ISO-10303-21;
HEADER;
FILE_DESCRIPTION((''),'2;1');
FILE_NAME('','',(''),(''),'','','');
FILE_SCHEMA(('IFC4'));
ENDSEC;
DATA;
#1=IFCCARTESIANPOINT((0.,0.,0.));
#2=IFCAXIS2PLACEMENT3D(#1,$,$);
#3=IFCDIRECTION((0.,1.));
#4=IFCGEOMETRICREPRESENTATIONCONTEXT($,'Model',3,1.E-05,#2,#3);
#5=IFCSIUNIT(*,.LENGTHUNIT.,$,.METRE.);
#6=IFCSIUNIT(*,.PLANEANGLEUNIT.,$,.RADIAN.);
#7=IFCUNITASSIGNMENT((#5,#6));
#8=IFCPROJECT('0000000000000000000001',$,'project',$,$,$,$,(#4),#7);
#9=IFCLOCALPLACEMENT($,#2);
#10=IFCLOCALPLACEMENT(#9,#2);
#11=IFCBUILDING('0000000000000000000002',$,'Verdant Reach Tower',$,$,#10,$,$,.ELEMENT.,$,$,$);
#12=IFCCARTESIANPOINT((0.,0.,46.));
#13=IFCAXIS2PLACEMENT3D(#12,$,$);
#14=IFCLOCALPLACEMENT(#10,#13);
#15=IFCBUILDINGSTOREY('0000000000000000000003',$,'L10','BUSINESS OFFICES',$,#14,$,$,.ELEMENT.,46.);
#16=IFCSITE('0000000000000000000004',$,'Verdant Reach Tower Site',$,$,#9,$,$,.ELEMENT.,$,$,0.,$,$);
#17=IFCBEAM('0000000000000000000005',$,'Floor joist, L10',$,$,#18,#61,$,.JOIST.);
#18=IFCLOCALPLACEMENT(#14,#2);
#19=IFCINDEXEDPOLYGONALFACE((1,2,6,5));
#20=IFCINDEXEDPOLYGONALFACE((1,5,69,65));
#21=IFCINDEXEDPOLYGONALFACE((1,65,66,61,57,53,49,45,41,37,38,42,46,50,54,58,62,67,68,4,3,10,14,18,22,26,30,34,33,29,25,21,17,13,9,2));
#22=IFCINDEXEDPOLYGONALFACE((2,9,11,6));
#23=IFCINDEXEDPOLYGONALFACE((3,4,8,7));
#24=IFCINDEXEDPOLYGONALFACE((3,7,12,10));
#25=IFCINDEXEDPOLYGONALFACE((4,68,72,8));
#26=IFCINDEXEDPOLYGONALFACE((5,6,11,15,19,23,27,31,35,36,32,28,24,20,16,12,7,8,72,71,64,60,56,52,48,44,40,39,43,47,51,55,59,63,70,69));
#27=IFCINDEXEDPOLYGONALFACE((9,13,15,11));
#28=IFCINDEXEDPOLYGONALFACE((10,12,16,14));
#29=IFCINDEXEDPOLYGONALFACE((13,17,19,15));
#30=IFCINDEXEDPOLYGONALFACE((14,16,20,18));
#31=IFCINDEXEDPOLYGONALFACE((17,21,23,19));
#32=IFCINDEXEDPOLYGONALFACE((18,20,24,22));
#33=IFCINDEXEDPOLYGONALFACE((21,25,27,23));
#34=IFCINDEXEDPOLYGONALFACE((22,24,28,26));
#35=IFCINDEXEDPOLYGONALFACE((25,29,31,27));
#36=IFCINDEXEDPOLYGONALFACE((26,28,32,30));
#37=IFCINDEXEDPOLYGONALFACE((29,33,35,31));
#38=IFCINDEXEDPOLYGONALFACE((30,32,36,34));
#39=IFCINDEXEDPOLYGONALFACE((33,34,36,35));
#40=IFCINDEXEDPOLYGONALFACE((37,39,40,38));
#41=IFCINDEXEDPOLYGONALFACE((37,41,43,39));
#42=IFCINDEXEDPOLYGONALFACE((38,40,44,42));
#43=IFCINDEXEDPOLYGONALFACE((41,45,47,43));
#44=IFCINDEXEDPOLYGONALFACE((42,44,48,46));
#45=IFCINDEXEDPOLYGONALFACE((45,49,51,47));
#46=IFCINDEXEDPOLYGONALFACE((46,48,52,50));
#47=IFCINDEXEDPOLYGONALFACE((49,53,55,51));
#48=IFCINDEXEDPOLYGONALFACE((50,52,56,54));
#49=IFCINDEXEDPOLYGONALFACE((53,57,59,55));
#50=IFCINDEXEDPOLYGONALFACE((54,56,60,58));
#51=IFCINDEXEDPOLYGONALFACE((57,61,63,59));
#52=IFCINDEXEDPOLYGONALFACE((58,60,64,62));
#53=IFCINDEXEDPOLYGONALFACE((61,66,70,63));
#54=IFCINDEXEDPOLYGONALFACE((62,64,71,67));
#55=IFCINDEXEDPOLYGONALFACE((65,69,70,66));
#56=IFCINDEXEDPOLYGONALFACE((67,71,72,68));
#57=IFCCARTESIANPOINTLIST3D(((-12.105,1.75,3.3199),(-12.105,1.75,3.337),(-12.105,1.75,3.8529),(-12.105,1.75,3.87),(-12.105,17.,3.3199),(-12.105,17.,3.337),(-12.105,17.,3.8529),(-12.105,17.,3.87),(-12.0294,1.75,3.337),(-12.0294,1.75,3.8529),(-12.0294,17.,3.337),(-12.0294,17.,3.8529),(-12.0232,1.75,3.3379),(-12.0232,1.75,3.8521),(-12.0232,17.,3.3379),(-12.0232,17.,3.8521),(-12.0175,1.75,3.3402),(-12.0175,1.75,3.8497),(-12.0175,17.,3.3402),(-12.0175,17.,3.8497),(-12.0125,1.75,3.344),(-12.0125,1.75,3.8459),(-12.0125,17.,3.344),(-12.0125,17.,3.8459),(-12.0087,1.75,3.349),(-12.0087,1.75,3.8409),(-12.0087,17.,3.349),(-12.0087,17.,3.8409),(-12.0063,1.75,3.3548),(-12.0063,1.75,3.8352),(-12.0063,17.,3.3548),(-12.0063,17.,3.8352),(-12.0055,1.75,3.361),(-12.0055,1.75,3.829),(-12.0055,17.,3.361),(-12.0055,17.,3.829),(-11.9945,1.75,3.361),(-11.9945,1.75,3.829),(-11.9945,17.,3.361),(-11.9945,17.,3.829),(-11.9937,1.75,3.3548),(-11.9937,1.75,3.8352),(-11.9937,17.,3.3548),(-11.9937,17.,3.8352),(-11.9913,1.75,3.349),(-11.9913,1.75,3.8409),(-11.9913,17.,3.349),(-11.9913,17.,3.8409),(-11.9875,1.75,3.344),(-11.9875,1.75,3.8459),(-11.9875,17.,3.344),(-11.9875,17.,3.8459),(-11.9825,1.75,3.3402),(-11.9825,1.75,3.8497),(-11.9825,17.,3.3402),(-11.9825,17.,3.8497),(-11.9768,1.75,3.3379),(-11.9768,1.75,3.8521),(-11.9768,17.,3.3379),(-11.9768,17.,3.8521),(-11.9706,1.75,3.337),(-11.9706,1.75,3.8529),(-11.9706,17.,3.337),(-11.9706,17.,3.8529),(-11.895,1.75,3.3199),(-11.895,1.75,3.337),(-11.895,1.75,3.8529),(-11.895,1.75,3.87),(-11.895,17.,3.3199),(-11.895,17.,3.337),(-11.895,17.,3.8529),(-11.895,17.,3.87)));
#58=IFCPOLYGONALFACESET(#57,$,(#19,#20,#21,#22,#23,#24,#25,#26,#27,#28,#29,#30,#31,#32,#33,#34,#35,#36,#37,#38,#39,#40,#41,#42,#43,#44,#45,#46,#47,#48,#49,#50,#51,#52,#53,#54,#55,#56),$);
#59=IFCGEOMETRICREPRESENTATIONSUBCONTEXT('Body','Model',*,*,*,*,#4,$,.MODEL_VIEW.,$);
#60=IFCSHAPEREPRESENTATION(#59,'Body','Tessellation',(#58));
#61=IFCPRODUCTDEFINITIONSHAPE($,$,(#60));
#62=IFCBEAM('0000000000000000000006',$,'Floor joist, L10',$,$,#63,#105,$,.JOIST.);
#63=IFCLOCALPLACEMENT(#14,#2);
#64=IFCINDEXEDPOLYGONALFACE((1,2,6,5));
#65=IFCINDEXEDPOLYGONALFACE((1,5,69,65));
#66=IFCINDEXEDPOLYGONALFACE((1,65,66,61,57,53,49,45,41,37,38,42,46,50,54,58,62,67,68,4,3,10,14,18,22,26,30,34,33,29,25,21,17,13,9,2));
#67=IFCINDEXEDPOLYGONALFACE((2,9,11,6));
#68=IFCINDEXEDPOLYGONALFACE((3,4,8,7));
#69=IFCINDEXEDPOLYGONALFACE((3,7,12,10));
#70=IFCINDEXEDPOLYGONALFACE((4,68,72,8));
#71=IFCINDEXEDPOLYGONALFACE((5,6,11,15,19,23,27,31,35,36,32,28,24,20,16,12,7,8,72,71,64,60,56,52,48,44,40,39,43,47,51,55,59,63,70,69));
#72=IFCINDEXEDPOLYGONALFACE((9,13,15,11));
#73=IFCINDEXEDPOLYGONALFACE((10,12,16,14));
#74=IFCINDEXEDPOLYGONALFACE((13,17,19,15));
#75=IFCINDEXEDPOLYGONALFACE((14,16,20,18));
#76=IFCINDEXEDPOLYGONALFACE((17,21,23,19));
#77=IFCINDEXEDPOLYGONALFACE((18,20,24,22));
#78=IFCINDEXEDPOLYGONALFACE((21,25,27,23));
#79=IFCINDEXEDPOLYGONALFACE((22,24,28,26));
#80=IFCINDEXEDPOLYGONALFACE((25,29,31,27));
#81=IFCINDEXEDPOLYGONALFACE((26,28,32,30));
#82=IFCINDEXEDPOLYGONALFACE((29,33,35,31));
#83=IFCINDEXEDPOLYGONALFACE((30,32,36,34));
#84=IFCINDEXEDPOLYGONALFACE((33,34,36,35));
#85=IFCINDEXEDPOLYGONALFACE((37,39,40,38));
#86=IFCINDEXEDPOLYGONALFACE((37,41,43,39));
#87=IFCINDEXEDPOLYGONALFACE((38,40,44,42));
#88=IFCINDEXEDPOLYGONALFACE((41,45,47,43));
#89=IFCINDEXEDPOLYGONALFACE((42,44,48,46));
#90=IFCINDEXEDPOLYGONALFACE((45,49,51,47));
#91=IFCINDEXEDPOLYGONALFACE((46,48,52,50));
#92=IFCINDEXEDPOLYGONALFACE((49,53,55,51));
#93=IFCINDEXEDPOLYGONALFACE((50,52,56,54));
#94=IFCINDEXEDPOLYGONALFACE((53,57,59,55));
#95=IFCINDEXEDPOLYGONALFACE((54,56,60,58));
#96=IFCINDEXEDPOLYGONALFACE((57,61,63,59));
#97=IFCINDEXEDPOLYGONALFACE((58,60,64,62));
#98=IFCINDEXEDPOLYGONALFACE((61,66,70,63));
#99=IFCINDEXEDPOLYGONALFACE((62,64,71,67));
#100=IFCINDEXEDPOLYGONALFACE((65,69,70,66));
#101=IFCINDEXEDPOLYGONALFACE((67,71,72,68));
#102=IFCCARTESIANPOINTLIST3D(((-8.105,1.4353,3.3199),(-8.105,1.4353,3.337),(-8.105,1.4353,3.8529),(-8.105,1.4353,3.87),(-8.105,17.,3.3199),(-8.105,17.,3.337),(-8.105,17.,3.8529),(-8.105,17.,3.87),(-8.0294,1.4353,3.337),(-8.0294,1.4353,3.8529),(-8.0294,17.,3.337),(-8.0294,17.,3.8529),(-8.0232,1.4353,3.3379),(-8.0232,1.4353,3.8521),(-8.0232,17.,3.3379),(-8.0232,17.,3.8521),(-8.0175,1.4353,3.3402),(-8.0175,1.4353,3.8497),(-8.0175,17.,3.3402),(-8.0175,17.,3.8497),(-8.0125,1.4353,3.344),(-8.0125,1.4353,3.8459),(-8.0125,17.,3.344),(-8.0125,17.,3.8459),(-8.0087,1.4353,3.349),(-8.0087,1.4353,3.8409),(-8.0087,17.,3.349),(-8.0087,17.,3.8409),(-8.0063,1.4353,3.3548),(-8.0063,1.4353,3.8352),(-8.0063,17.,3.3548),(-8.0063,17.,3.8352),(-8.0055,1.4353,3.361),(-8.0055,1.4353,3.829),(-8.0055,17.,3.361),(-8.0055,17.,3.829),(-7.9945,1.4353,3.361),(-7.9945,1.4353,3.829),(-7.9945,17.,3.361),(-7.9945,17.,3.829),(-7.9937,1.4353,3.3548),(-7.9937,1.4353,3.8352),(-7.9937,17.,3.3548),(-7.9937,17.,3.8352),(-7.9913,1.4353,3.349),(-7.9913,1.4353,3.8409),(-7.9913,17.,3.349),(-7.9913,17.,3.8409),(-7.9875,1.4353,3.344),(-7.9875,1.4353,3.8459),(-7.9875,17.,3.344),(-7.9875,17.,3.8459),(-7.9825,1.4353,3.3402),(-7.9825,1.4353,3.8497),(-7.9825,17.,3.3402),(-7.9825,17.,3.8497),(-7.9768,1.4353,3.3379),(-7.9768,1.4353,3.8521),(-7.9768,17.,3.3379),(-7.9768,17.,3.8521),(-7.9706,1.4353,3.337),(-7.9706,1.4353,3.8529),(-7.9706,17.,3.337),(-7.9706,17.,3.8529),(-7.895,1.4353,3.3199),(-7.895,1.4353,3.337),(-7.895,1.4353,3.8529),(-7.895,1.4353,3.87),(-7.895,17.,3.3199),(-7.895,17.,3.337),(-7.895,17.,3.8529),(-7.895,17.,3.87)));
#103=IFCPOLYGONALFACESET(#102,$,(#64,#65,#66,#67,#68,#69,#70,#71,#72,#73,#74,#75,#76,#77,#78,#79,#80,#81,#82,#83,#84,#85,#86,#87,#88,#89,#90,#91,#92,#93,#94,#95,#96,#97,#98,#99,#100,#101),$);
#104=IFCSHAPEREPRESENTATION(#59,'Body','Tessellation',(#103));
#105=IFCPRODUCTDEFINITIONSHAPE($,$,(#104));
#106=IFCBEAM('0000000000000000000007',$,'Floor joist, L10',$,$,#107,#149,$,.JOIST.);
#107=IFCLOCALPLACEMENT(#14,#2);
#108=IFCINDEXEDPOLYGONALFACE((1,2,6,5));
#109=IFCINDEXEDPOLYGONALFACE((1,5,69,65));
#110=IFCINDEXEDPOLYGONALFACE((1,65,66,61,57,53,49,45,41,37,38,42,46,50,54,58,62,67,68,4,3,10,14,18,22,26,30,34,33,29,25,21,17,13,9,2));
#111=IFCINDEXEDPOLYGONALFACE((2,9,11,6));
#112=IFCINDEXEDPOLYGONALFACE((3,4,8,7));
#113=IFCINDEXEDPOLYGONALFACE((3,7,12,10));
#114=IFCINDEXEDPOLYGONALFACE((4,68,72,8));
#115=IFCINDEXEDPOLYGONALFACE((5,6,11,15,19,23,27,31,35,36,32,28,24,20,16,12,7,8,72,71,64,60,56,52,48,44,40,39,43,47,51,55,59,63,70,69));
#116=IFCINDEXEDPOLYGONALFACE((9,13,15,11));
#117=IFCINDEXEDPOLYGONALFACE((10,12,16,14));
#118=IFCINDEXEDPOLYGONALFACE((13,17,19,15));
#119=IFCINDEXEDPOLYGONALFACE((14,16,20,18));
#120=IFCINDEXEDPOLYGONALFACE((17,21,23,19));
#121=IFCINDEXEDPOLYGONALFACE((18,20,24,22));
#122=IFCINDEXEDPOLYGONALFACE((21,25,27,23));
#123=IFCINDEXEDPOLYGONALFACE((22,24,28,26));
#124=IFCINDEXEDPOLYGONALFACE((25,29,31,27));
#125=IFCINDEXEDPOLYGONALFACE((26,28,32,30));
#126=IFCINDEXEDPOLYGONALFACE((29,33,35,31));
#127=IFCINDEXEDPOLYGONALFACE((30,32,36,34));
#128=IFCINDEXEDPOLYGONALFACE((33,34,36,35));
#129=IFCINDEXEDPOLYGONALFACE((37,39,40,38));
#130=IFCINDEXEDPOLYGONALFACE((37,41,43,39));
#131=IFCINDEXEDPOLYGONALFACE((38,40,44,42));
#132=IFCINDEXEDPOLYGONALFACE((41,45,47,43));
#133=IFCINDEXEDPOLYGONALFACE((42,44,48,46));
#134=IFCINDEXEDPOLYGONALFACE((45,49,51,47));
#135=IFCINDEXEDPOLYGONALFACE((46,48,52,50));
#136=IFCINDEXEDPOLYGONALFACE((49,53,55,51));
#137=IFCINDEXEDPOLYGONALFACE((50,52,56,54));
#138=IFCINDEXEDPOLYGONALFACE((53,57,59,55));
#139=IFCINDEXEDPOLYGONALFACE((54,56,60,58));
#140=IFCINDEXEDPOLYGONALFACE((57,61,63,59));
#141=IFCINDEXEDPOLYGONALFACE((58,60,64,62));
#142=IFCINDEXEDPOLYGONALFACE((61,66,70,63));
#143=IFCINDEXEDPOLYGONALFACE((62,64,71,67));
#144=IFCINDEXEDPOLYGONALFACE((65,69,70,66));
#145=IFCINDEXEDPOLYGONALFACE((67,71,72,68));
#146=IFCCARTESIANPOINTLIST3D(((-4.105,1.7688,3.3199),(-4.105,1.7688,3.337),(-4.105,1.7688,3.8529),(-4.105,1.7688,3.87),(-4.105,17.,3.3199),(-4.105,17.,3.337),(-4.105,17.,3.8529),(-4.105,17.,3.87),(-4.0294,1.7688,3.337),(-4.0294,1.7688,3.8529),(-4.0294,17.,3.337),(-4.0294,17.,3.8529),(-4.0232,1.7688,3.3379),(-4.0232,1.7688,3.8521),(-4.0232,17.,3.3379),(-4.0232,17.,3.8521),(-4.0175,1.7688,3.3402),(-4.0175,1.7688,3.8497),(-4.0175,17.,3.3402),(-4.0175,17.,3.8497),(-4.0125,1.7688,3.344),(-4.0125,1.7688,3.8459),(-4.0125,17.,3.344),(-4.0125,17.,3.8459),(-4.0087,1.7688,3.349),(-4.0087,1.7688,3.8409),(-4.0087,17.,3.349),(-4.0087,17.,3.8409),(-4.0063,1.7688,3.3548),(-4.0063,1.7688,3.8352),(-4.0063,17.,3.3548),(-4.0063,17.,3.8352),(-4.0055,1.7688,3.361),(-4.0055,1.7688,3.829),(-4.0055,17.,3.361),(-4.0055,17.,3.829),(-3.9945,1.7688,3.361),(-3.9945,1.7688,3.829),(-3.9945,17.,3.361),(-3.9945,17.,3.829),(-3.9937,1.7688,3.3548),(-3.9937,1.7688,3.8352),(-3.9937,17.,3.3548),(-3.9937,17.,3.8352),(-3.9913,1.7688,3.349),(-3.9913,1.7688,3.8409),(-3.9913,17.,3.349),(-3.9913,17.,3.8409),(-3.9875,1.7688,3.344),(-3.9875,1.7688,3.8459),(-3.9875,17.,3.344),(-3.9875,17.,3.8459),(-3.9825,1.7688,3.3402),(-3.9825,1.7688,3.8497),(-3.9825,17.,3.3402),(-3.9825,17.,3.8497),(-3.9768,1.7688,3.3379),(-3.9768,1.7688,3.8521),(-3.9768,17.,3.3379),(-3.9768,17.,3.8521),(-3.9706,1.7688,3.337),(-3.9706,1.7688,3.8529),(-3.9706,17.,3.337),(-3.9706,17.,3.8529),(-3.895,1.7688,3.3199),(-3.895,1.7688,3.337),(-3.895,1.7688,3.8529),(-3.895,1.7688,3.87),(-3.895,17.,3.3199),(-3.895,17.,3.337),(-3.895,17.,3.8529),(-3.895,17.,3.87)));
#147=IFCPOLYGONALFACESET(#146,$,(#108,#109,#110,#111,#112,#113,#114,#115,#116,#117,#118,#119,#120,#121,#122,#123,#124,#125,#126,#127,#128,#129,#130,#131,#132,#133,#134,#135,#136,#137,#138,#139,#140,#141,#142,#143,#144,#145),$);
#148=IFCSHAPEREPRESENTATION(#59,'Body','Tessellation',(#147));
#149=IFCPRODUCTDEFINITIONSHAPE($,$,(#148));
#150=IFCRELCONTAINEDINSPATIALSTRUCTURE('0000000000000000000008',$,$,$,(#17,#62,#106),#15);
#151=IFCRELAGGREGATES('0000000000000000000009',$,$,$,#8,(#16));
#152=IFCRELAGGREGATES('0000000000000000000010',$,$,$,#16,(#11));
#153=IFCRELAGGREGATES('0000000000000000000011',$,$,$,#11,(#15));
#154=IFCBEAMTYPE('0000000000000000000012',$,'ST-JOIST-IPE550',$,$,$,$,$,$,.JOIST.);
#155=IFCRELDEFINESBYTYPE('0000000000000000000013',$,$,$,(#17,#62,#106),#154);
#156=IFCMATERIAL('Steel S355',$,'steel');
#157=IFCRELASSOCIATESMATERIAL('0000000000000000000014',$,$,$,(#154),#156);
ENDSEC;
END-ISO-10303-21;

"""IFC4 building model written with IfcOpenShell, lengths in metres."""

from ifc_helpers import new_model, si_unit, direction, frame, origin, origin_2d, place, context, subcontext, project, spatial, i_section, extrude, material, material_profile, profile_set, type_object, element, save


model = new_model("IFC4")

# Units and contexts
model_context = context("Model", 3, precision=1e-05, world=origin(), true_north=direction((0.0, 1.0)))
body_context = subcontext(model_context, "Body", "Model", "MODEL_VIEW")
ifc_project = project(units=[si_unit("LENGTHUNIT", "METRE"), si_unit("PLANEANGLEUNIT", "RADIAN")], contexts=[model_context])

# Site, building, storey
site_placement = place(None, origin())
site = spatial("IfcSite", under=ifc_project, at=site_placement, Name="Verdant Reach Tower Site", CompositionType="ELEMENT", RefElevation=0.0)
building_placement = place(site_placement, origin())
building = spatial("IfcBuilding", under=site, at=building_placement, Name="Verdant Reach Tower", CompositionType="ELEMENT")
storey_placement = place(building_placement, frame((0.0, 0.0, 46.0)))
storey = spatial("IfcBuildingStorey", under=building, at=storey_placement, Name="L10", Description="BUSINESS OFFICES", CompositionType="ELEMENT", Elevation=46.0)

# Beams
ifc_material_1 = material(Name="Steel S355", Category="steel")
ifc_material_profile_1 = material_profile(ifc_material_1, i_section(OverallWidth=0.21, OverallDepth=0.55, WebThickness=0.011, FlangeThickness=0.0171, FilletRadius=0.0239, at=origin_2d()), Name="IPE 550")
ifc_profile_set_1 = profile_set([ifc_material_profile_1], Name="Steel S355")
beam_type_1 = type_object("IfcBeamType", Name="ST-JOIST-IPE550", PredefinedType="JOIST", material=ifc_profile_set_1)
beam_1_placement = place(storey_placement, frame((-12.0, 17.0, 3.595), z_axis=(0.0, -1.0, 0.0), x_axis=(1.0, 0.0, 0.0)))
element("IfcBeam", 1, at=beam_1_placement, inside=storey, type_object=beam_type_1, Name="Floor joist, L10", PredefinedType="JOIST", context=body_context, shape_type="SweptSolid", body=[
    extrude(i_section(OverallWidth=0.21, OverallDepth=0.55, WebThickness=0.011, FlangeThickness=0.0171, FilletRadius=0.0239, at=origin_2d()), origin(), (0.0, 0.0, 1.0), 15.25),
])
beam_2_placement = place(storey_placement, frame((-8.0, 17.0, 3.595), z_axis=(0.0, -1.0, 0.0), x_axis=(1.0, 0.0, 0.0)))
element("IfcBeam", 2, at=beam_2_placement, inside=storey, type_object=beam_type_1, Name="Floor joist, L10", PredefinedType="JOIST", context=body_context, shape_type="SweptSolid", body=[
    extrude(i_section(OverallWidth=0.21, OverallDepth=0.55, WebThickness=0.011, FlangeThickness=0.0171, FilletRadius=0.0239, at=origin_2d()), origin(), (0.0, 0.0, 1.0), 15.5647),
])
beam_3_placement = place(storey_placement, frame((-4.0, 17.0, 3.595), z_axis=(0.0, -1.0, 0.0), x_axis=(1.0, 0.0, 0.0)))
element("IfcBeam", 3, at=beam_3_placement, inside=storey, type_object=beam_type_1, Name="Floor joist, L10", PredefinedType="JOIST", context=body_context, shape_type="SweptSolid", body=[
    extrude(i_section(OverallWidth=0.21, OverallDepth=0.55, WebThickness=0.011, FlangeThickness=0.0171, FilletRadius=0.0239, at=origin_2d()), origin(), (0.0, 0.0, 1.0), 15.2312),
])

save(model, "model.ifc")
